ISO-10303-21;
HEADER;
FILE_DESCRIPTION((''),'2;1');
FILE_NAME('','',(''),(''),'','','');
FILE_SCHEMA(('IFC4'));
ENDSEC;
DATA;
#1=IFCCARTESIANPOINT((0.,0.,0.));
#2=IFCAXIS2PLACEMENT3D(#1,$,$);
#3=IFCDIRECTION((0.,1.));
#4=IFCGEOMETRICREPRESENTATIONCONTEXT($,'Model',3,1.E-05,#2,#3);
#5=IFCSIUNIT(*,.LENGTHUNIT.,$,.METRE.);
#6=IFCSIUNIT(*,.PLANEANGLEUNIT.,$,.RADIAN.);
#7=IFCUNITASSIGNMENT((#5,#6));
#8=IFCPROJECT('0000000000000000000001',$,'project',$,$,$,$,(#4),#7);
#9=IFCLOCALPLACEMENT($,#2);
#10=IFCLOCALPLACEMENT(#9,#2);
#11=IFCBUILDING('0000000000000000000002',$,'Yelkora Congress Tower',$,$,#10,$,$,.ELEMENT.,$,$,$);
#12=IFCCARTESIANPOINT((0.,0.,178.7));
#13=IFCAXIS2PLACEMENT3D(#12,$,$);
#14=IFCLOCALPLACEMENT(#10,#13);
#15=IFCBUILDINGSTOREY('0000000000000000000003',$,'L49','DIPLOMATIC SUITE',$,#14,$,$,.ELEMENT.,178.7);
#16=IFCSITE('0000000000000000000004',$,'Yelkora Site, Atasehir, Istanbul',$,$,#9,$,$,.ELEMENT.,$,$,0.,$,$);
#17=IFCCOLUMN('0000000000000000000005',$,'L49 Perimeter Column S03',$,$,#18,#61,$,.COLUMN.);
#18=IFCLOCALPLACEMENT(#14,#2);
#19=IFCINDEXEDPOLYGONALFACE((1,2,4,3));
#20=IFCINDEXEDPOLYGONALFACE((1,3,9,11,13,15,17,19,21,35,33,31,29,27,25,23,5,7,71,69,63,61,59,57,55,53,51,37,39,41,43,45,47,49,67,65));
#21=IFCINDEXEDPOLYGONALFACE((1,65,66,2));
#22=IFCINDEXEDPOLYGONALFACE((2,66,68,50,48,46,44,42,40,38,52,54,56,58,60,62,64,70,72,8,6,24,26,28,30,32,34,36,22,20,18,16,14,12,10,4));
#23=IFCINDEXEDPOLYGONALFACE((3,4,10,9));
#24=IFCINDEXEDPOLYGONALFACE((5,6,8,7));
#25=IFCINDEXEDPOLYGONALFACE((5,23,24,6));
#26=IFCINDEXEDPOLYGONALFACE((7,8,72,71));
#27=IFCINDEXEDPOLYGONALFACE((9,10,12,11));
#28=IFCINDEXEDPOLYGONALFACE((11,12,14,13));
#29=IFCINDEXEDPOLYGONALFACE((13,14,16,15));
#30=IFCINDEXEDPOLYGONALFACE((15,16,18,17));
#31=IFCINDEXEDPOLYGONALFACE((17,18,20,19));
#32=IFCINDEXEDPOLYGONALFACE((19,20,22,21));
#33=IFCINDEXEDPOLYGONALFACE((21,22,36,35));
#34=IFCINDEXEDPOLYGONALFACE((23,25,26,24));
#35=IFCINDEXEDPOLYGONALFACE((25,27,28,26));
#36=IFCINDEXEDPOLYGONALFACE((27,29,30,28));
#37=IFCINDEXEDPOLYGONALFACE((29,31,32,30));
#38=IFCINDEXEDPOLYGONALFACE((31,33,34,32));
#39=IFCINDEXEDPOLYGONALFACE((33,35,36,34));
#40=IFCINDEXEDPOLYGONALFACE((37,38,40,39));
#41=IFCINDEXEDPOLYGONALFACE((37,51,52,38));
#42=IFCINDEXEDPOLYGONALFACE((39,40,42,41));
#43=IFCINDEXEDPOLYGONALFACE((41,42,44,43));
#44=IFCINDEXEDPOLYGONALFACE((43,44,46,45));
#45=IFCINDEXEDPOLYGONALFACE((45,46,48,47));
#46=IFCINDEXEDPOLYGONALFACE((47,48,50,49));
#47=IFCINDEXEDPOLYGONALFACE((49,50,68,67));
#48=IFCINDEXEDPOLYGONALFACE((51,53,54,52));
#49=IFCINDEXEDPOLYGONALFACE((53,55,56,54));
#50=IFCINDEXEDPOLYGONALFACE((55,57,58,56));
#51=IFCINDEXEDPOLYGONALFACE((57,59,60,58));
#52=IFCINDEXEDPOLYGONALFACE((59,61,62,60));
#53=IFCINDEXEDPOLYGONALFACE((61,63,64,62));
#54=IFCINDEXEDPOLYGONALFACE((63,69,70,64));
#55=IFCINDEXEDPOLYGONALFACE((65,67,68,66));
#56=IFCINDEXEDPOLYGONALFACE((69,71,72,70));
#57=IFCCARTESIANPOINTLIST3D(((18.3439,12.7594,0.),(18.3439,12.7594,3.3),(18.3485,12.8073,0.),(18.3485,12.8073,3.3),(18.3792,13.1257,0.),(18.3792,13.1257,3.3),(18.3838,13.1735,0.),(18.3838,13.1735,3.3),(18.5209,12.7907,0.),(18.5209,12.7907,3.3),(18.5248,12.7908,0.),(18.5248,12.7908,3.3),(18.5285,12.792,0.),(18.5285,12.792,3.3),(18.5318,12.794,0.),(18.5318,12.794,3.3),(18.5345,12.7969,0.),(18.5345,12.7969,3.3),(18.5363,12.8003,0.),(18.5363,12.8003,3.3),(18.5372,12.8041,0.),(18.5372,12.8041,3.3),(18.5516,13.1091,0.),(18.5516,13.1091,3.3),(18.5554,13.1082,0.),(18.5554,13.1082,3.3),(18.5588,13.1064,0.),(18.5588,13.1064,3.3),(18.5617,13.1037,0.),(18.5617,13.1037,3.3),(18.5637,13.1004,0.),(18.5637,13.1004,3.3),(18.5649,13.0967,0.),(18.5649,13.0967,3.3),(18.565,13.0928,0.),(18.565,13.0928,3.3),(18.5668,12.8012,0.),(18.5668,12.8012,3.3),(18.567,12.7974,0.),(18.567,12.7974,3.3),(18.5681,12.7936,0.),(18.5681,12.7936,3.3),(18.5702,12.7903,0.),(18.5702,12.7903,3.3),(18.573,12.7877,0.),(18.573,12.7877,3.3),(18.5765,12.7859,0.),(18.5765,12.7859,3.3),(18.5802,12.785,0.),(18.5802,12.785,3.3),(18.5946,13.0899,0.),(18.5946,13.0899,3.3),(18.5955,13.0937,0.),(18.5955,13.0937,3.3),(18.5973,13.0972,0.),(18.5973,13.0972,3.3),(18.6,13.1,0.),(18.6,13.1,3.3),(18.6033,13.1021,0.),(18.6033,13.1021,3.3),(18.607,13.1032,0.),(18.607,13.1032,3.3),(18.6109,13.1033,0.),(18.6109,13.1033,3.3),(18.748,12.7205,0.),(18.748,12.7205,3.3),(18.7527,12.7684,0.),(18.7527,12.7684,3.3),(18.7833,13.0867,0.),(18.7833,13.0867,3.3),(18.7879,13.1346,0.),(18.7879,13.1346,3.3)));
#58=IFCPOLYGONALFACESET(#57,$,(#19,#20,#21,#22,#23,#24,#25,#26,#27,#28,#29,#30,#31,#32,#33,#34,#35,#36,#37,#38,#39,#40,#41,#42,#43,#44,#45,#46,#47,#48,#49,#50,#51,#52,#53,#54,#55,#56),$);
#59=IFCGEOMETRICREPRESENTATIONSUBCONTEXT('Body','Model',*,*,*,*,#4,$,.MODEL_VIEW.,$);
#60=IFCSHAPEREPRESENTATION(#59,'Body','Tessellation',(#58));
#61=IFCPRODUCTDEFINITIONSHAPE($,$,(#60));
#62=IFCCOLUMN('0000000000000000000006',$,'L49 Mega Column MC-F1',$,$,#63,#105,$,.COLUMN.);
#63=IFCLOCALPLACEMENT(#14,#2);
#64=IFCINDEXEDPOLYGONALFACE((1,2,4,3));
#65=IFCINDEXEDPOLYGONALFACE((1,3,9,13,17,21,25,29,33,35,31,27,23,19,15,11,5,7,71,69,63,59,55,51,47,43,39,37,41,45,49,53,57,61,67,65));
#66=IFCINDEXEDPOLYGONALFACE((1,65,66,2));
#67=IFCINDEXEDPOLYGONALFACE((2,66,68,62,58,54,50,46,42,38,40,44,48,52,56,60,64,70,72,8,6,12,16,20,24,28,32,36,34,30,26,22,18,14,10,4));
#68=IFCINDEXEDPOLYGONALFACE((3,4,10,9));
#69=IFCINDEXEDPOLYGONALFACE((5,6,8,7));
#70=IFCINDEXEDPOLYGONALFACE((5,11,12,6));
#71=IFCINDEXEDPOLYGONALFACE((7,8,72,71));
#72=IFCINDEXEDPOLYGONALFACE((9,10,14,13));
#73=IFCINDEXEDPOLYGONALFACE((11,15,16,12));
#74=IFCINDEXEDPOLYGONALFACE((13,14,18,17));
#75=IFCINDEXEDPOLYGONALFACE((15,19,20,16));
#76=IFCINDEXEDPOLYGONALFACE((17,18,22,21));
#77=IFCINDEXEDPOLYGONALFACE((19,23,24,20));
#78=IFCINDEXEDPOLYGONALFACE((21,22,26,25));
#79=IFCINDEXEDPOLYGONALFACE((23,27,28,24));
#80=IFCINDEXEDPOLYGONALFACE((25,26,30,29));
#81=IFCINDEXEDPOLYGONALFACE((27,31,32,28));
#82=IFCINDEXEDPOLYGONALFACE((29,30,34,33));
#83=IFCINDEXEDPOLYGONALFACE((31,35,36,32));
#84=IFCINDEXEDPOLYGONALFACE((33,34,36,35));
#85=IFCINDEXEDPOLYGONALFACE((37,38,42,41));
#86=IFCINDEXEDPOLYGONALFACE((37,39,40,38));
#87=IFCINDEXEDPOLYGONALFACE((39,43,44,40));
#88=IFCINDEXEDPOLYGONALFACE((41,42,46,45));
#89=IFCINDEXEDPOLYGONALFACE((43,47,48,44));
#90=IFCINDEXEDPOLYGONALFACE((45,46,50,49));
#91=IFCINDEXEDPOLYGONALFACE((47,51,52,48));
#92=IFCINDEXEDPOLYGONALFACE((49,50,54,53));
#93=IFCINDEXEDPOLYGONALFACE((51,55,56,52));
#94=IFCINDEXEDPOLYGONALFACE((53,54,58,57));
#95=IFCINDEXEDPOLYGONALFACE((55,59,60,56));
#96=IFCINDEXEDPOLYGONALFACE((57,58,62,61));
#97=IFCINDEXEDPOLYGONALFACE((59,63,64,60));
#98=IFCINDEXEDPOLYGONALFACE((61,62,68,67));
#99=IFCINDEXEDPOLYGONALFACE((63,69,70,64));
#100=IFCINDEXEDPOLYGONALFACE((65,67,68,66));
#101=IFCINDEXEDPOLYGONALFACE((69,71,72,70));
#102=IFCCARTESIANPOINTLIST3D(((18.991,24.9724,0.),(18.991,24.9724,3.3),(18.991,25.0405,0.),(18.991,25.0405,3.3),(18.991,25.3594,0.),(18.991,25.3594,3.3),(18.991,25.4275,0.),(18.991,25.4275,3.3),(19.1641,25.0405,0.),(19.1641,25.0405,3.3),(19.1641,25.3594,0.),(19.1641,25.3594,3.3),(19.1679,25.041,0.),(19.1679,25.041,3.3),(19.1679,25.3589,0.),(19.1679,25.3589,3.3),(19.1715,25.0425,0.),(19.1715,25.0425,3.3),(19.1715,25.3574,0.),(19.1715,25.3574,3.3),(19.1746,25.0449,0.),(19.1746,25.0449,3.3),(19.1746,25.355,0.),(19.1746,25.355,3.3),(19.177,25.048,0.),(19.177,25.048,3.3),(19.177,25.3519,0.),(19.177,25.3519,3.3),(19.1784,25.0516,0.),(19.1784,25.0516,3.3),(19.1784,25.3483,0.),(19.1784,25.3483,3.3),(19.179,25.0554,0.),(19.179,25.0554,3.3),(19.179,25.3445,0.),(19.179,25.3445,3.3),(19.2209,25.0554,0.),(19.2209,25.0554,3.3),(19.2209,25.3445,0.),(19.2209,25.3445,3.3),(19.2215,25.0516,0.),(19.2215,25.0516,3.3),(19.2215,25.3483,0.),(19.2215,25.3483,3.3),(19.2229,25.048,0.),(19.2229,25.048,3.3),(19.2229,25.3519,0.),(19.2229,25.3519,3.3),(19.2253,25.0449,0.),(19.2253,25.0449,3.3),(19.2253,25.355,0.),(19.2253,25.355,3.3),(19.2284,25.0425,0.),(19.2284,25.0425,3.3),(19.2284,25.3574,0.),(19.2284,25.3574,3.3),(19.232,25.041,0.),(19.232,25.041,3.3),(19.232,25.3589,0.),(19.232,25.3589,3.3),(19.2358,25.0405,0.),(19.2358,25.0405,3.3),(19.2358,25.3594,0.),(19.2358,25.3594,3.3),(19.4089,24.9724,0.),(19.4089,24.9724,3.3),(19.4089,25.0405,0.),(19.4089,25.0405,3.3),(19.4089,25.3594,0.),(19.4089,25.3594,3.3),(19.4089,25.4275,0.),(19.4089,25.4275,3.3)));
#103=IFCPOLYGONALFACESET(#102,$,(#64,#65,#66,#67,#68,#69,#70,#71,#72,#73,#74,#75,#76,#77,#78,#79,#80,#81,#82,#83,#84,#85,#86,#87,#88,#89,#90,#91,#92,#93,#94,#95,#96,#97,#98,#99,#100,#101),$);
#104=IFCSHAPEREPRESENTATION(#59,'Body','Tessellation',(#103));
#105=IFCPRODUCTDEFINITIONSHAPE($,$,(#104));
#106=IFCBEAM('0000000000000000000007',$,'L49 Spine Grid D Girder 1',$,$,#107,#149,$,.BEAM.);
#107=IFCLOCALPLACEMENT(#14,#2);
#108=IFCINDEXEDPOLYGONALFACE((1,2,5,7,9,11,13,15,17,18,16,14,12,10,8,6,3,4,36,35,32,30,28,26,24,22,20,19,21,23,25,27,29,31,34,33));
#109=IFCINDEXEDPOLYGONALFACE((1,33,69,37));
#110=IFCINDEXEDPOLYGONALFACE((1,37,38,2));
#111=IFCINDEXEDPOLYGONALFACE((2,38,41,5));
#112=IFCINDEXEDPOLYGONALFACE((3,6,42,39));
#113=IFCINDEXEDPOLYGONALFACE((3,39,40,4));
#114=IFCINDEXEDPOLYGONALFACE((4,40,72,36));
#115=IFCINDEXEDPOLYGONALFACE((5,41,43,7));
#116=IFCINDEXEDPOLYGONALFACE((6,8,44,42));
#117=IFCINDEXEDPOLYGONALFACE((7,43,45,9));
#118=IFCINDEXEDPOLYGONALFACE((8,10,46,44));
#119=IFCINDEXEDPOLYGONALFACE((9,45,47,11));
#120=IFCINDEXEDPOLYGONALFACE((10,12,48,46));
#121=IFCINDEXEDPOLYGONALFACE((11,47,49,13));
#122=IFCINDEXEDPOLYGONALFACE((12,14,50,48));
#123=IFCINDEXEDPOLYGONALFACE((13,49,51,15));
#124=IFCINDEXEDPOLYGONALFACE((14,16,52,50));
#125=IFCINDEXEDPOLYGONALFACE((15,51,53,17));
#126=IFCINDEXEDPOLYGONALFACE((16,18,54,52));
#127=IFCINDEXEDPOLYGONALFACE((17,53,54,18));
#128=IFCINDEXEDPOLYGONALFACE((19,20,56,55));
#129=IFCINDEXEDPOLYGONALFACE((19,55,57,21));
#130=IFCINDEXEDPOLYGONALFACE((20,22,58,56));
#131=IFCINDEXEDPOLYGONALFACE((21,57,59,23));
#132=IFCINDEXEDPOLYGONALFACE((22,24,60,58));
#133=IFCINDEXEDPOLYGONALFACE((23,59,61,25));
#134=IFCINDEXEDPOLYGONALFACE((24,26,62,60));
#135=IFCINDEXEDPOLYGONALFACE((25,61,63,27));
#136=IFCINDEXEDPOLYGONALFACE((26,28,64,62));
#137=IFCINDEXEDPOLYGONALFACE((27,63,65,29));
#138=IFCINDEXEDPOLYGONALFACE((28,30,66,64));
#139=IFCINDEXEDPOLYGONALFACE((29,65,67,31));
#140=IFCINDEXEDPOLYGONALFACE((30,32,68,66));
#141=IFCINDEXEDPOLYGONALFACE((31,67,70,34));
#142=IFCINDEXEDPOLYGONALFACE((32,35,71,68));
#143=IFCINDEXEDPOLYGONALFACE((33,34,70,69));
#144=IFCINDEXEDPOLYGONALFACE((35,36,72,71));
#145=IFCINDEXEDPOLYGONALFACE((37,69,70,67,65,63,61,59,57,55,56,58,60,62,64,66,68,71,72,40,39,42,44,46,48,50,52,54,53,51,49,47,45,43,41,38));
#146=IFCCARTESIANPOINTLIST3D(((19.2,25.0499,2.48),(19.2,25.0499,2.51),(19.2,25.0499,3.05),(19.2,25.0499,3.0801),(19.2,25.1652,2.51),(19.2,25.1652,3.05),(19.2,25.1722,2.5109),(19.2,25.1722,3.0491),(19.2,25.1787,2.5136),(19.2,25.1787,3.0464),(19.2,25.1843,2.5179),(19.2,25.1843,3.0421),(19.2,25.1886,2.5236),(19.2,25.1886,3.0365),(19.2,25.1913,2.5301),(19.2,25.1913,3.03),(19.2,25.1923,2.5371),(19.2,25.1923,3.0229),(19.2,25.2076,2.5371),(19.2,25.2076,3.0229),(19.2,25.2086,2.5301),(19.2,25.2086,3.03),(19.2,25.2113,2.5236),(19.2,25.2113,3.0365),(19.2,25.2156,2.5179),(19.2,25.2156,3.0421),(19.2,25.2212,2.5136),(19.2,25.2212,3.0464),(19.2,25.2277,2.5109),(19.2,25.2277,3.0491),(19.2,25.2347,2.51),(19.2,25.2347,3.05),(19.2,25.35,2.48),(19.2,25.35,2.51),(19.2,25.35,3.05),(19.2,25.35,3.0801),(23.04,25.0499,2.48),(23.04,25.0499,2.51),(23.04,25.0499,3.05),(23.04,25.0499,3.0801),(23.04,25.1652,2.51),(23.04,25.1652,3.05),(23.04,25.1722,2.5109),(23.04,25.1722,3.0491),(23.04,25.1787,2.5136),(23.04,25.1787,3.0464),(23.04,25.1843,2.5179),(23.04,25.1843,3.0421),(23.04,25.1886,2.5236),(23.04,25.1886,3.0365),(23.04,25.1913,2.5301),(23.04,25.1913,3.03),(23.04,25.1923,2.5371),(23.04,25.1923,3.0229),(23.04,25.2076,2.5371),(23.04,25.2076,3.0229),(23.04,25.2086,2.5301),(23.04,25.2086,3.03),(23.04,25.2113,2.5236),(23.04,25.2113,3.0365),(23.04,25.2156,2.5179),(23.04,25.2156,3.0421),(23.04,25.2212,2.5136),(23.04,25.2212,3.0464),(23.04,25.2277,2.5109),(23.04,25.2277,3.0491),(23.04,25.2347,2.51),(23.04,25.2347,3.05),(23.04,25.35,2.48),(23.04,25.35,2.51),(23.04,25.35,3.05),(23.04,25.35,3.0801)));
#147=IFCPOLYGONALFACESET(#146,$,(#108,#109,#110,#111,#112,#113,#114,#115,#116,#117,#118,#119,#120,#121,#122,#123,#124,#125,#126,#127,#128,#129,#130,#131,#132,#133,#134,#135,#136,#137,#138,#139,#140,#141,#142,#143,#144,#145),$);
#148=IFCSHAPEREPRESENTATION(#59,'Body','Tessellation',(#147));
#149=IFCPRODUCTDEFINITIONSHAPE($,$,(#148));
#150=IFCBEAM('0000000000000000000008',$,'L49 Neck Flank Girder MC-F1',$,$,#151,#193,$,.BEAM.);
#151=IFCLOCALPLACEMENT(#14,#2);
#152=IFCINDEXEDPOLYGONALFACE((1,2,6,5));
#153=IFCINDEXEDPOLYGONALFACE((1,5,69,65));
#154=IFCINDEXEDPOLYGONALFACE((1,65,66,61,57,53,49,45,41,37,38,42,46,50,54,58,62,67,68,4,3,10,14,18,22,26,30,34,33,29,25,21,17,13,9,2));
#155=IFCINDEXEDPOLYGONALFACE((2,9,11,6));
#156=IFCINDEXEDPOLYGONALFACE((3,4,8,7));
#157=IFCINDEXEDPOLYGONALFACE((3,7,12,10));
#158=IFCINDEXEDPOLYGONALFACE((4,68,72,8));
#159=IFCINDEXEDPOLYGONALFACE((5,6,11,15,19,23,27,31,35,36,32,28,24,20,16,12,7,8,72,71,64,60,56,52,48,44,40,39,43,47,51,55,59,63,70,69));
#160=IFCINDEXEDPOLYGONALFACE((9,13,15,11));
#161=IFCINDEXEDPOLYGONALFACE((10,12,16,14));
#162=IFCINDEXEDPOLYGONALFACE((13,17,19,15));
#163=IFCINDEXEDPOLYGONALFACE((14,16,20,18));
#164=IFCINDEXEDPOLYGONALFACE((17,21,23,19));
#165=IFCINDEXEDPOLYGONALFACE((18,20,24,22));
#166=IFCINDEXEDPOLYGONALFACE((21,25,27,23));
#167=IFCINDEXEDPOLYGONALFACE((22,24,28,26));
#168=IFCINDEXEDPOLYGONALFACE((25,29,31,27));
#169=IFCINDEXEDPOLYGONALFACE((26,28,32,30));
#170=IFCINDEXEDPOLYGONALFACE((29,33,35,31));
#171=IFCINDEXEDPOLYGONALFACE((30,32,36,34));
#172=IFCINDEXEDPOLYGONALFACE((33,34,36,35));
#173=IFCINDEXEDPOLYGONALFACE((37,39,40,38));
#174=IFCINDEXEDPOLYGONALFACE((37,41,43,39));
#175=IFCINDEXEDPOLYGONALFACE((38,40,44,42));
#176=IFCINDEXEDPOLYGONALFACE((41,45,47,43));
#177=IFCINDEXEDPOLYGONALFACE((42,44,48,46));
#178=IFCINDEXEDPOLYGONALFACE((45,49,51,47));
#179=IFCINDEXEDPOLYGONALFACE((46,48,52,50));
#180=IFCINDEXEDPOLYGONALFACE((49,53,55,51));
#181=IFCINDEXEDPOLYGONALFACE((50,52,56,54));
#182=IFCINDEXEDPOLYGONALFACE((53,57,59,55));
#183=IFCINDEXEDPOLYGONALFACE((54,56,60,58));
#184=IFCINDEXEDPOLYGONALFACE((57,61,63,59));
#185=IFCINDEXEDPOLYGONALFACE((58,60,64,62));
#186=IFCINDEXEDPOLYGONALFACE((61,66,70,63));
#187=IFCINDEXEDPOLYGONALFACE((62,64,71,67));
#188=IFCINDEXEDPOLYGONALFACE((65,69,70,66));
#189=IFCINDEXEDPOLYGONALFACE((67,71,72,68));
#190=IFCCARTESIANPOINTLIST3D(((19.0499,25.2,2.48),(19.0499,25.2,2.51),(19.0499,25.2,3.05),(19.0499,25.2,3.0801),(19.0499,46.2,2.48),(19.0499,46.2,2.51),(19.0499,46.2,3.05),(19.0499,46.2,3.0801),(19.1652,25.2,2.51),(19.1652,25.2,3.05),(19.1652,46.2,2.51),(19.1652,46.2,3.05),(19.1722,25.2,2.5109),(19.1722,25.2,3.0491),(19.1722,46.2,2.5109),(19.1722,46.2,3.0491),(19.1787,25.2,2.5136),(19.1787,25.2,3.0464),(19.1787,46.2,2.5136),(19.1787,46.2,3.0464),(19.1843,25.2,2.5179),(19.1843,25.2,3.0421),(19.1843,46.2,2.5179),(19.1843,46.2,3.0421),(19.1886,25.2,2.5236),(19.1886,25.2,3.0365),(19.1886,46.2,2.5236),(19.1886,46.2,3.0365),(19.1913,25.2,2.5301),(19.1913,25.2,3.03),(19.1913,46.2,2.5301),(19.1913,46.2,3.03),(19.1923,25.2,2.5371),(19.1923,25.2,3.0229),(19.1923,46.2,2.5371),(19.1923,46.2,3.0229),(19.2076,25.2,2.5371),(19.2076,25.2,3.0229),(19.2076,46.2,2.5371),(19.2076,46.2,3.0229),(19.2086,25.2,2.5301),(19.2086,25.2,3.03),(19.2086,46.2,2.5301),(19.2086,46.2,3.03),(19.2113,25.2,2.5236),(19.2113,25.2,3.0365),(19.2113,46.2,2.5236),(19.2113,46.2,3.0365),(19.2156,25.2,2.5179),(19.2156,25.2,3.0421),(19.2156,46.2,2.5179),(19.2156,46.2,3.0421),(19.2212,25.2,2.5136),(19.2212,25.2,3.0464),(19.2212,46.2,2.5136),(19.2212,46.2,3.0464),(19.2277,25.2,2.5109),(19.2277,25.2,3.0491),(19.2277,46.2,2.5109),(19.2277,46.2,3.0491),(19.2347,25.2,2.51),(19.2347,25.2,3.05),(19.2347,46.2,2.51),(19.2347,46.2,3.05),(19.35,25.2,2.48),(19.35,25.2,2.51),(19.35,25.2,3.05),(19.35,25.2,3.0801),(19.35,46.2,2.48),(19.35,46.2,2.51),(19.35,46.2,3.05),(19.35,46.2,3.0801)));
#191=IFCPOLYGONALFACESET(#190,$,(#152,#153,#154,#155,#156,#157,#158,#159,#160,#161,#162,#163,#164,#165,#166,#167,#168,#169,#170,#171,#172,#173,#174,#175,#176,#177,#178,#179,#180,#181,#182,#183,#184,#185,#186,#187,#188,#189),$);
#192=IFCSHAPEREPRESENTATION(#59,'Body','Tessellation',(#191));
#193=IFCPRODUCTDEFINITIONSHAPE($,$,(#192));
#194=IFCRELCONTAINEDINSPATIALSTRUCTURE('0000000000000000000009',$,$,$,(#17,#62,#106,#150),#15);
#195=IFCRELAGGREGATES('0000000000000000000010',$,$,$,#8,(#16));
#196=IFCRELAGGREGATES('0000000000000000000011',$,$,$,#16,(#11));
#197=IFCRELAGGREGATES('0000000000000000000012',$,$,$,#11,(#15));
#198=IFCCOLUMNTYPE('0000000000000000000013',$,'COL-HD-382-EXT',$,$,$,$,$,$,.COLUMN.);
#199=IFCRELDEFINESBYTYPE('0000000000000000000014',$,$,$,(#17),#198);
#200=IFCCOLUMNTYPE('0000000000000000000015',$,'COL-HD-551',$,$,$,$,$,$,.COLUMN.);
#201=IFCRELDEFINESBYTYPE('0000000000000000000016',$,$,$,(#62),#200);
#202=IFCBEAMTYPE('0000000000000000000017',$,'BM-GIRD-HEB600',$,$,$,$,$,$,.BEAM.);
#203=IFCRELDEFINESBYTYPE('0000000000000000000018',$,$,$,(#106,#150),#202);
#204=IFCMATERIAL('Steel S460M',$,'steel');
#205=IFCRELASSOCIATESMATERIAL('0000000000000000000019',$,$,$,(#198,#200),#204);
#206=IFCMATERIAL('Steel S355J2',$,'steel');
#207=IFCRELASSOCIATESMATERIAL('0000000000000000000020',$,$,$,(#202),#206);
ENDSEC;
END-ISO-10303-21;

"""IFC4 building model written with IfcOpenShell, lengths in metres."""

from ifc_helpers import new_model, si_unit, direction, frame, origin, origin_2d, place, context, subcontext, project, spatial, i_section, extrude, material, material_profile, profile_set, type_object, element, save


model = new_model("IFC4")

# Units and contexts
model_context = context("Model", 3, precision=1e-05, world=origin(), true_north=direction((0.0, 1.0)))
body_context = subcontext(model_context, "Body", "Model", "MODEL_VIEW")
ifc_project = project(units=[si_unit("LENGTHUNIT", "METRE"), si_unit("PLANEANGLEUNIT", "RADIAN")], contexts=[model_context])

# Site, building, storey
site_placement = place(None, origin())
site = spatial("IfcSite", under=ifc_project, at=site_placement, Name="Yelkora Site, Atasehir, Istanbul", CompositionType="ELEMENT", RefElevation=0.0)
building_placement = place(site_placement, origin())
building = spatial("IfcBuilding", under=site, at=building_placement, Name="Yelkora Congress Tower", CompositionType="ELEMENT")
storey_placement = place(building_placement, frame((0.0, 0.0, 178.7)))
storey = spatial("IfcBuildingStorey", under=building, at=storey_placement, Name="L49", Description="DIPLOMATIC SUITE", CompositionType="ELEMENT", Elevation=178.7)

# Columns
ifc_material_1 = material(Name="Steel S460M", Category="steel")
ifc_material_profile_1 = material_profile(ifc_material_1, i_section(OverallWidth=0.406, OverallDepth=0.416, WebThickness=0.0298, FlangeThickness=0.0481, FilletRadius=0.0149, at=origin_2d()), Name="HD 400x382")
ifc_profile_set_1 = profile_set([ifc_material_profile_1], Name="Steel S460M")
column_type_1 = type_object("IfcColumnType", Name="COL-HD-382-EXT", PredefinedType="COLUMN", material=ifc_profile_set_1)
column_1_placement = place(storey_placement, frame((18.5659, 12.947, 0.0), z_axis=(0.0, 0.0, 1.0), x_axis=(0.995396, -0.095846, 0.0)))
element("IfcColumn", 1, at=column_1_placement, inside=storey, type_object=column_type_1, Name="L49 Perimeter Column S03", PredefinedType="COLUMN", context=body_context, shape_type="SweptSolid", body=[
    extrude(i_section(OverallWidth=0.406, OverallDepth=0.416, WebThickness=0.0298, FlangeThickness=0.0481, FilletRadius=0.0149, at=origin_2d()), origin(), (0.0, 0.0, 1.0), 3.3),
])
ifc_material_profile_2 = material_profile(ifc_material_1, i_section(OverallWidth=0.418, OverallDepth=0.4551, WebThickness=0.042, FlangeThickness=0.0681, FilletRadius=0.0149, at=origin_2d()), Name="HD 400x551")
ifc_profile_set_2 = profile_set([ifc_material_profile_2], Name="Steel S460M")
column_type_2 = type_object("IfcColumnType", Name="COL-HD-551", PredefinedType="COLUMN", material=ifc_profile_set_2)
column_2_placement = place(storey_placement, frame((19.2, 25.2, 0.0), z_axis=(0.0, 0.0, 1.0), x_axis=(1.0, 0.0, 0.0)))
element("IfcColumn", 2, at=column_2_placement, inside=storey, type_object=column_type_2, Name="L49 Mega Column MC-F1", PredefinedType="COLUMN", context=body_context, shape_type="SweptSolid", body=[
    extrude(i_section(OverallWidth=0.418, OverallDepth=0.4551, WebThickness=0.042, FlangeThickness=0.0681, FilletRadius=0.0149, at=origin_2d()), origin(), (0.0, 0.0, 1.0), 3.3),
])

# Beams
ifc_material_2 = material(Name="Steel S355J2", Category="steel")
ifc_material_profile_3 = material_profile(ifc_material_2, i_section(OverallWidth=0.3, OverallDepth=0.6001, WebThickness=0.0154, FlangeThickness=0.03, FilletRadius=0.0271, at=origin_2d()), Name="HEB 600")
ifc_profile_set_3 = profile_set([ifc_material_profile_3], Name="Steel S355J2")
beam_type_1 = type_object("IfcBeamType", Name="BM-GIRD-HEB600", PredefinedType="BEAM", material=ifc_profile_set_3)
beam_1_placement = place(storey_placement, frame((19.2, 25.2, 2.78), z_axis=(1.0, 0.0, 0.0), x_axis=(0.0, 1.0, 0.0)))
element("IfcBeam", 3, at=beam_1_placement, inside=storey, type_object=beam_type_1, Name="L49 Spine Grid D Girder 1", PredefinedType="BEAM", context=body_context, shape_type="SweptSolid", body=[
    extrude(i_section(OverallWidth=0.3, OverallDepth=0.6001, WebThickness=0.0154, FlangeThickness=0.03, FilletRadius=0.0271, at=origin_2d()), origin(), (0.0, 0.0, 1.0), 3.8401),
])
beam_2_placement = place(storey_placement, frame((19.2, 25.2, 2.78), z_axis=(0.0, 1.0, 0.0), x_axis=(-1.0, 0.0, 0.0)))
element("IfcBeam", 4, at=beam_2_placement, inside=storey, type_object=beam_type_1, Name="L49 Neck Flank Girder MC-F1", PredefinedType="BEAM", context=body_context, shape_type="SweptSolid", body=[
    extrude(i_section(OverallWidth=0.3, OverallDepth=0.6001, WebThickness=0.0154, FlangeThickness=0.03, FilletRadius=0.0271, at=origin_2d()), origin(), (0.0, 0.0, 1.0), 21.0),
])

save(model, "model.ifc")
